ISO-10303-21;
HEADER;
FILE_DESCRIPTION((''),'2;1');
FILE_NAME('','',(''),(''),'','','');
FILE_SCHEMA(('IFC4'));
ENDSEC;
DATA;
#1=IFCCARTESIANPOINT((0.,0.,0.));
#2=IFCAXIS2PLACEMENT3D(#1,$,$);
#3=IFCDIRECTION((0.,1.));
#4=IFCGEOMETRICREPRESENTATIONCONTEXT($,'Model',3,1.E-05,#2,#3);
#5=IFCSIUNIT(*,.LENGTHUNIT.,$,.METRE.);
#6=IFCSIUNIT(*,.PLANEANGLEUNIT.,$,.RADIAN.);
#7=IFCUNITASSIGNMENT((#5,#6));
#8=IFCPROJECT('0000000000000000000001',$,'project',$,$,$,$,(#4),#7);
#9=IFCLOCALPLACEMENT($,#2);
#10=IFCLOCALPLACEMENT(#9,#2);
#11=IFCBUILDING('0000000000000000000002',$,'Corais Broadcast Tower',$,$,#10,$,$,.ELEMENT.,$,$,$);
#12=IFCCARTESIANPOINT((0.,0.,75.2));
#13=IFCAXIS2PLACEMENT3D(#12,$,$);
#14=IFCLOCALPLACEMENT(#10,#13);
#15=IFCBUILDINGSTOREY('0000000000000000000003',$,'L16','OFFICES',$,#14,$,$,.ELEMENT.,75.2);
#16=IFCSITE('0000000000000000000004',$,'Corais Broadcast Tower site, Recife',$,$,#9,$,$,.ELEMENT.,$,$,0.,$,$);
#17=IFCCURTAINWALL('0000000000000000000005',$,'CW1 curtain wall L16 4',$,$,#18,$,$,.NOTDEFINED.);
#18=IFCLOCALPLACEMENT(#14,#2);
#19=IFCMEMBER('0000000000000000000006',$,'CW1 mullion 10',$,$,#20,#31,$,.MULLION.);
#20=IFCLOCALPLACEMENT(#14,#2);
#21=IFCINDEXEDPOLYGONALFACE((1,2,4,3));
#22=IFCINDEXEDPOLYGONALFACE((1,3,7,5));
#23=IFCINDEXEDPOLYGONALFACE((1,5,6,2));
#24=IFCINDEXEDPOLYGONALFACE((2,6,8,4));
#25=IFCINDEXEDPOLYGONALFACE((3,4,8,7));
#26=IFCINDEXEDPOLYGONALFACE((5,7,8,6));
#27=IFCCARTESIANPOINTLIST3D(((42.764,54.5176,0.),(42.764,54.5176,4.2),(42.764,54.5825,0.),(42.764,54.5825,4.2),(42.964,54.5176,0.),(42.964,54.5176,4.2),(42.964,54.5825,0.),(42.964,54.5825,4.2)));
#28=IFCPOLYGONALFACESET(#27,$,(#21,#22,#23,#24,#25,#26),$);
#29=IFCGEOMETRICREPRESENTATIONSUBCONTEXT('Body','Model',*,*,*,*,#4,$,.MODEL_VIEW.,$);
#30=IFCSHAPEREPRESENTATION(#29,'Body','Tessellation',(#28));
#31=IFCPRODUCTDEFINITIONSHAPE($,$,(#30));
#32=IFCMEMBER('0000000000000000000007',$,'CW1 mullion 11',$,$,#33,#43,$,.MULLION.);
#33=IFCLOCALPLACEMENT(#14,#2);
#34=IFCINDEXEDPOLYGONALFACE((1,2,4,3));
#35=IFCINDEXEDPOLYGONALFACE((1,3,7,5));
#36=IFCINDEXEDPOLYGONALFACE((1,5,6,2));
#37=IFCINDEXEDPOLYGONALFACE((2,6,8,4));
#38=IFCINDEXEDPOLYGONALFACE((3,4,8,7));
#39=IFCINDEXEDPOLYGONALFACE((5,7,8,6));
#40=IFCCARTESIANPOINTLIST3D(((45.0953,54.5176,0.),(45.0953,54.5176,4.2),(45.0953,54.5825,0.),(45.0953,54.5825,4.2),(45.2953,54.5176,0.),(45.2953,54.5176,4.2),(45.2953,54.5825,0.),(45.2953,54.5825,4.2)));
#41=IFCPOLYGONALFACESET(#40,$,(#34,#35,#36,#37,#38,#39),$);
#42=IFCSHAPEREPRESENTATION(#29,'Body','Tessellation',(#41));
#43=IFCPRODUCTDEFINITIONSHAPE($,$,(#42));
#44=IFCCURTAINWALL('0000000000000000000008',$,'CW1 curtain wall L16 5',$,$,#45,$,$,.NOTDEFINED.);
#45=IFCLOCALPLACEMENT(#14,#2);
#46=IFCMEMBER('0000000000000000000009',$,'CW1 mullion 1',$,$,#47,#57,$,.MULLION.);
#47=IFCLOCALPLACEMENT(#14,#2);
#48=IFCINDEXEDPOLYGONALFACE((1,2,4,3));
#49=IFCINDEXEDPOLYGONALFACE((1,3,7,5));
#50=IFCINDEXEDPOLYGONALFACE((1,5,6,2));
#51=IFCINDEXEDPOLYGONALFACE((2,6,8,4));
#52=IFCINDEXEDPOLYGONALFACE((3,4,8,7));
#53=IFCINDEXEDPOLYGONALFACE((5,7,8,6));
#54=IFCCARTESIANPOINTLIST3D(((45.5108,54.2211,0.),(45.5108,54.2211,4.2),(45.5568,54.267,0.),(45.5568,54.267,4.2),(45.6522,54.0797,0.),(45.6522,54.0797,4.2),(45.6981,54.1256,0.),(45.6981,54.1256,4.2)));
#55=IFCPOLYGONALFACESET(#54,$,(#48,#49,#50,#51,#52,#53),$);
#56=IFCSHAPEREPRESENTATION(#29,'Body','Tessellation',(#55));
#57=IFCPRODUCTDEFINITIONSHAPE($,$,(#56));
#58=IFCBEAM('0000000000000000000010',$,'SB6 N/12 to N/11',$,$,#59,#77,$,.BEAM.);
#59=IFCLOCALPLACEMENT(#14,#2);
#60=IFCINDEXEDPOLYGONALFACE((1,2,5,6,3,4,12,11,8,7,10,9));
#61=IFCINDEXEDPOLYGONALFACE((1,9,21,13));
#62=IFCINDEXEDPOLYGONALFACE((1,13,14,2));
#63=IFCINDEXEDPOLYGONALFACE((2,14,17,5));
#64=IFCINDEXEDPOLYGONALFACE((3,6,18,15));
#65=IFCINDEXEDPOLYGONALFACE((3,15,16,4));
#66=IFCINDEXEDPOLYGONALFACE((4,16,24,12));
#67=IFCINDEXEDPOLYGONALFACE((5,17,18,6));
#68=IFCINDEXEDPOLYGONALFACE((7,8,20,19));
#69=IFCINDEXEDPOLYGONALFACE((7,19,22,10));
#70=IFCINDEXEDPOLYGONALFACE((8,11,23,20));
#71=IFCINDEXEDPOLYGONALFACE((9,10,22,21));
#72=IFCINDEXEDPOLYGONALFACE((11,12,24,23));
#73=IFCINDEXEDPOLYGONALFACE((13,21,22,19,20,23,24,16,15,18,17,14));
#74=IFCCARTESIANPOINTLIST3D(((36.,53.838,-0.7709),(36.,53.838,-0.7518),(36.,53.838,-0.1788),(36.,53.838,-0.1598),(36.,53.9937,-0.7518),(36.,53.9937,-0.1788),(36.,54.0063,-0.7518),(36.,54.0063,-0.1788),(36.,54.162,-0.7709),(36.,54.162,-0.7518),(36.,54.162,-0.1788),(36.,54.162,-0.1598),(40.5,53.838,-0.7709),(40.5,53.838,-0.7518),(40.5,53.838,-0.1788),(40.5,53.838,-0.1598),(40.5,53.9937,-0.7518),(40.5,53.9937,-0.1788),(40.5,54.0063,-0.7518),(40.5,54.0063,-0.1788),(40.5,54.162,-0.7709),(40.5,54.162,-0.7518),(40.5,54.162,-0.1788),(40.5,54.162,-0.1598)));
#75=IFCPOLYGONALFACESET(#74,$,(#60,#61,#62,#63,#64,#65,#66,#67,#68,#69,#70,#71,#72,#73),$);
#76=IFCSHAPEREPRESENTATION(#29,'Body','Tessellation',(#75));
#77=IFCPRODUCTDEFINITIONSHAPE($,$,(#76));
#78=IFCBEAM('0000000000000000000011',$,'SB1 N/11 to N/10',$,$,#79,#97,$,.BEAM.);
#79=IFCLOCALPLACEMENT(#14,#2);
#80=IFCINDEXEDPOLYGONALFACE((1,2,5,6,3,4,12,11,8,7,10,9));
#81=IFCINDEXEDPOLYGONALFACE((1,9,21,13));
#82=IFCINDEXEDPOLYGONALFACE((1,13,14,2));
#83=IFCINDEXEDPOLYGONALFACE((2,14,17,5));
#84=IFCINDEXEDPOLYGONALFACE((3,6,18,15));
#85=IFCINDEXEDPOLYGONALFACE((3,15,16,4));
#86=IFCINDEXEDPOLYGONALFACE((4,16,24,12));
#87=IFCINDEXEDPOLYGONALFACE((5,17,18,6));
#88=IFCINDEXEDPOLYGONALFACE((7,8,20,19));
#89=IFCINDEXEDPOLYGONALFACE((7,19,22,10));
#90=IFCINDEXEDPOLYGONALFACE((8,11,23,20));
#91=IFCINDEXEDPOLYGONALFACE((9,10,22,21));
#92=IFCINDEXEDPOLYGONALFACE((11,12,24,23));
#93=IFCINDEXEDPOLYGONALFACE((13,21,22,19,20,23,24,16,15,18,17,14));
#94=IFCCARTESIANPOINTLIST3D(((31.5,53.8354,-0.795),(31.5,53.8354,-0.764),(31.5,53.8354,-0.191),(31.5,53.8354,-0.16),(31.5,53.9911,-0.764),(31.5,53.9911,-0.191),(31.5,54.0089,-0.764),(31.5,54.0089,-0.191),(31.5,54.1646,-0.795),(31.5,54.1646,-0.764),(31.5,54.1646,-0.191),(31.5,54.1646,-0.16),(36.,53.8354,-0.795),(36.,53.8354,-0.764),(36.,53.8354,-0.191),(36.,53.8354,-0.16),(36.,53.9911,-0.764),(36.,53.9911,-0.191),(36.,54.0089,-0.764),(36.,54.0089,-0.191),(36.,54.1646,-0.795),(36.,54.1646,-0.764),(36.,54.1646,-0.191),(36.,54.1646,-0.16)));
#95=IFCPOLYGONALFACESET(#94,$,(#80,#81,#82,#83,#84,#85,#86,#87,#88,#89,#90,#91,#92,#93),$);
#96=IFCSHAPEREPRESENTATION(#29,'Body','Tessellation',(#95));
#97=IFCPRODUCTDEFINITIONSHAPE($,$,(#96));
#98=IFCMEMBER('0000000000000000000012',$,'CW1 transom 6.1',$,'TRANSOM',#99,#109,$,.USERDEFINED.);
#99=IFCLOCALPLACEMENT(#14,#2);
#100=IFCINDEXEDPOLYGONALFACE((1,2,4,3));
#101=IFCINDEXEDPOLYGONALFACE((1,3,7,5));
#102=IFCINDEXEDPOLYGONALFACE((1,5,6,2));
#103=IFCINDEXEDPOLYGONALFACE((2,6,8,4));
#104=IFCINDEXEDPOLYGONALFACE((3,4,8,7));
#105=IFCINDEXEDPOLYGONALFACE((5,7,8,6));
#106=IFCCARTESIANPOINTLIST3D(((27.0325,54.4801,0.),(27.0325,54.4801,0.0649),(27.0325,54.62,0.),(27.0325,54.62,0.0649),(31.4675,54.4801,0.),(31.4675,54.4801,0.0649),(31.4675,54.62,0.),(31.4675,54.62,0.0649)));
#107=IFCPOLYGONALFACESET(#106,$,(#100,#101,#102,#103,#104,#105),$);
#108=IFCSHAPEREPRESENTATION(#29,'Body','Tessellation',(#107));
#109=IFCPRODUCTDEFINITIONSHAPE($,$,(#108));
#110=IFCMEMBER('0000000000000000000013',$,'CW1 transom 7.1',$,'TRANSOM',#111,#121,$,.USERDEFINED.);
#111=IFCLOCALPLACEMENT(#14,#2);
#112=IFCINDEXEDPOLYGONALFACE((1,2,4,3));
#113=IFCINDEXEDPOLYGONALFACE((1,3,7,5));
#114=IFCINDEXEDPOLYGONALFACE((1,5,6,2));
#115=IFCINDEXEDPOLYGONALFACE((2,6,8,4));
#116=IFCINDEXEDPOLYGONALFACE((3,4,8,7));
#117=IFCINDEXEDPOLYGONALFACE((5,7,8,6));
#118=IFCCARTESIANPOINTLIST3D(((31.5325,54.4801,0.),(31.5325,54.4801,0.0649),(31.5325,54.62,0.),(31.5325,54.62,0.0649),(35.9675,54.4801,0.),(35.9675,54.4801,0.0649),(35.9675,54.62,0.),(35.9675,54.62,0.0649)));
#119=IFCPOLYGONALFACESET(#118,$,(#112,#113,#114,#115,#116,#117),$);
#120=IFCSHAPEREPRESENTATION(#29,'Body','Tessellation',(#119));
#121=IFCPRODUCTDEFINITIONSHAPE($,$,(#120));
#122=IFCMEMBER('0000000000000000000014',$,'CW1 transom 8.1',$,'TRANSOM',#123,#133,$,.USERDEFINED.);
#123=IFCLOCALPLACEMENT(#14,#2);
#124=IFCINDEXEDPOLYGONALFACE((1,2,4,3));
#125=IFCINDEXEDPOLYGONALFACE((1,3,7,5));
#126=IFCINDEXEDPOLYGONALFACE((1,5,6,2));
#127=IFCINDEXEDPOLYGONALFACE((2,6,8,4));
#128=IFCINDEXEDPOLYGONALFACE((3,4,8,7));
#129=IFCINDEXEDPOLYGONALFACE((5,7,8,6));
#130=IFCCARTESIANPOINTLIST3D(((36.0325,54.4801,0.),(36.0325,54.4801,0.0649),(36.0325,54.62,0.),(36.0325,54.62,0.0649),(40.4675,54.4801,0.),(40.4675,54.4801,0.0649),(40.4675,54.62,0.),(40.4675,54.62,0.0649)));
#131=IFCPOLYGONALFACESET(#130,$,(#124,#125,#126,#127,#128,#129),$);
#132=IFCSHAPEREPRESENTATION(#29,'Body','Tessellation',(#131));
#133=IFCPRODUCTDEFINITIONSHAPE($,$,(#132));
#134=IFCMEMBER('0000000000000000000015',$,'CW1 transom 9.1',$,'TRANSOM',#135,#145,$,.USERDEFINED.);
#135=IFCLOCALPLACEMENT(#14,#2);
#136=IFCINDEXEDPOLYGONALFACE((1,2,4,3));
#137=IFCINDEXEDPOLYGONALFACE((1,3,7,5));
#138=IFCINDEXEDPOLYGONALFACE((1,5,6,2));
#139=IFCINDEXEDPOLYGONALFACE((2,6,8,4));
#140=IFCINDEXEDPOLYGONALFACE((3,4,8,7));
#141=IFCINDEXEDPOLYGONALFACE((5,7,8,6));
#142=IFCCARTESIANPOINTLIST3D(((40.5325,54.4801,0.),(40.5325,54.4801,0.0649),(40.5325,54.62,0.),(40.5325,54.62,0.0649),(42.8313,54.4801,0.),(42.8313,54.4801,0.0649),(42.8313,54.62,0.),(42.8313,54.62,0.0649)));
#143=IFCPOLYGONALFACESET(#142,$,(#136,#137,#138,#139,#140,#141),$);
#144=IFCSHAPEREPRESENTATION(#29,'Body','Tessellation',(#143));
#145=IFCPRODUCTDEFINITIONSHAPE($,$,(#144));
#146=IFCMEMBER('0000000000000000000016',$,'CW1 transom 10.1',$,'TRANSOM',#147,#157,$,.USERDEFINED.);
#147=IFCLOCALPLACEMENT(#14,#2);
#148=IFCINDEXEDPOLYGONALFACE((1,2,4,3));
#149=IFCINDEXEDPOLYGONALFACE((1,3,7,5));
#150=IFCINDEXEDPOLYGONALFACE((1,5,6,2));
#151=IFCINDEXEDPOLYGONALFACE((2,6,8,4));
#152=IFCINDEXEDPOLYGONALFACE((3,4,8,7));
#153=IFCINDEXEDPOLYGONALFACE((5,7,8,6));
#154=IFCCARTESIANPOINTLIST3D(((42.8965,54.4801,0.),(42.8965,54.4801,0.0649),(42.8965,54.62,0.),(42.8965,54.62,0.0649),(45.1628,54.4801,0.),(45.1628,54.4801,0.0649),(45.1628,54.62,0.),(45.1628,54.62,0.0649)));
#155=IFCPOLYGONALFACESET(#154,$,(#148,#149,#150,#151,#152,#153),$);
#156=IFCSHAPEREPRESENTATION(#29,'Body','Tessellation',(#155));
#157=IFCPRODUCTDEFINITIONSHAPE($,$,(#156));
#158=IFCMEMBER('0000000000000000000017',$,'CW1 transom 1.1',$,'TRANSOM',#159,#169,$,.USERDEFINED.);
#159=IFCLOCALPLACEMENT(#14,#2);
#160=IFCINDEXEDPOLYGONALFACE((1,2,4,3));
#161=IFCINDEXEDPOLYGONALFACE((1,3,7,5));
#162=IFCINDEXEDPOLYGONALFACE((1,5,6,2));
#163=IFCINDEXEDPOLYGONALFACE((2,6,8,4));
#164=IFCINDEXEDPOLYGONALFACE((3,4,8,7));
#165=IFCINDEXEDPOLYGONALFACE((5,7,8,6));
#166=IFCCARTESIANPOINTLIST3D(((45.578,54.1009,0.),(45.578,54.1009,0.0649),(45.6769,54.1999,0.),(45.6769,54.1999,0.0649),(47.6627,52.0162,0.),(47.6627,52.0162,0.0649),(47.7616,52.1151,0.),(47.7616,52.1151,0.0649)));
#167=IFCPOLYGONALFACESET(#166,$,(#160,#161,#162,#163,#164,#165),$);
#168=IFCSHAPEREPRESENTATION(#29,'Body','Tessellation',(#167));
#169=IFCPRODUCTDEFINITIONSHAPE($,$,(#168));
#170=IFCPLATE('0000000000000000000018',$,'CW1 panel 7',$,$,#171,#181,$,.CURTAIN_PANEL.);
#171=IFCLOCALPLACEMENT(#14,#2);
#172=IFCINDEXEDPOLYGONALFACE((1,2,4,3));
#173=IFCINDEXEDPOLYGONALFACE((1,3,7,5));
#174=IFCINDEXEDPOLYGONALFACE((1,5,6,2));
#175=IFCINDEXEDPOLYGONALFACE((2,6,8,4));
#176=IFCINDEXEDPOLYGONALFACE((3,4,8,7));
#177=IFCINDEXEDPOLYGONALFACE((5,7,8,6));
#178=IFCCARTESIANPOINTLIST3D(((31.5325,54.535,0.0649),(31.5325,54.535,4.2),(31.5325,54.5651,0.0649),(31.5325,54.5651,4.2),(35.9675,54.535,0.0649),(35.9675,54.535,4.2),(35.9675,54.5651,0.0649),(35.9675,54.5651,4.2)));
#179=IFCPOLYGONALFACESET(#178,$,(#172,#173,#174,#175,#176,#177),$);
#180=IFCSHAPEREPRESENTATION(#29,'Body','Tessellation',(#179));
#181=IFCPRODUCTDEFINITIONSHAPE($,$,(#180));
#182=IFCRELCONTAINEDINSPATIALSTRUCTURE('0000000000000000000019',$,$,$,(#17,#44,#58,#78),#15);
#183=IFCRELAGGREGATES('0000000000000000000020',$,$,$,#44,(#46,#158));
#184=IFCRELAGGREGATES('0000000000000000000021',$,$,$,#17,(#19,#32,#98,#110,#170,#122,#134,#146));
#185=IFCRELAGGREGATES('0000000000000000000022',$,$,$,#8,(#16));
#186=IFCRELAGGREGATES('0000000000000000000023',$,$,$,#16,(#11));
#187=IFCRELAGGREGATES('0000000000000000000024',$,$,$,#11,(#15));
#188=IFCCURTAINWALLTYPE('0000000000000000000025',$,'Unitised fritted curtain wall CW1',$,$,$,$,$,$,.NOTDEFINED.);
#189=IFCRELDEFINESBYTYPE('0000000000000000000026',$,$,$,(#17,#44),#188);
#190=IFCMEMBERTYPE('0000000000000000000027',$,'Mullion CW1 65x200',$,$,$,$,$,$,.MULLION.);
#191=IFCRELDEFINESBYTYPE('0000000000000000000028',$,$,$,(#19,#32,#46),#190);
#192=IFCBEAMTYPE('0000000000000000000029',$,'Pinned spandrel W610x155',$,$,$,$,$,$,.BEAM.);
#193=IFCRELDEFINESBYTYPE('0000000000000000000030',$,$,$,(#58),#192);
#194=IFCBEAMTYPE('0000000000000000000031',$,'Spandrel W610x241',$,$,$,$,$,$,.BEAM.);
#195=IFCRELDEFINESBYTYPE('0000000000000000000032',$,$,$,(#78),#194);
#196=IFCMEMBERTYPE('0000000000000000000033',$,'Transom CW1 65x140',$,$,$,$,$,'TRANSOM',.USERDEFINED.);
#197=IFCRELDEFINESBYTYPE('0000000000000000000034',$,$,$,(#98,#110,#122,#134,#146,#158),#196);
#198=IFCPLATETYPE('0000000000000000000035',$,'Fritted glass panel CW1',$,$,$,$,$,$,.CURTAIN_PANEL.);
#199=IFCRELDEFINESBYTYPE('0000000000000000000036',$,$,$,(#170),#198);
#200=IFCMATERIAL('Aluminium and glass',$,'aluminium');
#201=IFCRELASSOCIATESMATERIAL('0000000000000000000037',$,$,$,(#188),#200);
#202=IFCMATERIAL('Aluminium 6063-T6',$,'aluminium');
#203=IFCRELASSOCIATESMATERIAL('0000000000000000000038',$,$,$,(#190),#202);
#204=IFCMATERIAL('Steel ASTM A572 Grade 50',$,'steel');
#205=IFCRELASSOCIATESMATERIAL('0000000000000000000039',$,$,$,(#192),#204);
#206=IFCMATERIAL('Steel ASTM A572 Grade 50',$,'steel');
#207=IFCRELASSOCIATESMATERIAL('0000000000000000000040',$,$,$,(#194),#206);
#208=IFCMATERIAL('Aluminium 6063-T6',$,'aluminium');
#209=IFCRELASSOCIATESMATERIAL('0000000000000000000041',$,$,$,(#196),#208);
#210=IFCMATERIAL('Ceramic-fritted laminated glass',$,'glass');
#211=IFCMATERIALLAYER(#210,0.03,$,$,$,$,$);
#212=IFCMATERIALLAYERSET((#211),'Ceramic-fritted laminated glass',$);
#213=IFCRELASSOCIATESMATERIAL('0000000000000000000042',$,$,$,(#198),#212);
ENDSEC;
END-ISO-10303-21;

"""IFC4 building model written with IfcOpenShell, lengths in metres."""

from ifc_helpers import new_model, si_unit, direction, frame, origin, origin_2d, place, context, subcontext, project, spatial, rectangle, i_section, extrude, material, layer, layer_set, material_profile, profile_set, type_object, element, aggregate, save


model = new_model("IFC4")

# Units and contexts
model_context = context("Model", 3, precision=1e-05, world=origin(), true_north=direction((0.0, 1.0)))
body_context = subcontext(model_context, "Body", "Model", "MODEL_VIEW")
ifc_project = project(units=[si_unit("LENGTHUNIT", "METRE"), si_unit("PLANEANGLEUNIT", "RADIAN")], contexts=[model_context])

# Site, building, storey
site_placement = place(None, origin())
site = spatial("IfcSite", under=ifc_project, at=site_placement, Name="Corais Broadcast Tower site, Recife", CompositionType="ELEMENT", RefElevation=0.0)
building_placement = place(site_placement, origin())
building = spatial("IfcBuilding", under=site, at=building_placement, Name="Corais Broadcast Tower", CompositionType="ELEMENT")
storey_placement = place(building_placement, frame((0.0, 0.0, 75.2)))
storey = spatial("IfcBuildingStorey", under=building, at=storey_placement, Name="L16", Description="OFFICES", CompositionType="ELEMENT", Elevation=75.2)

# Curtain wall, members
ifc_material_1 = material(Name="Aluminium and glass", Category="aluminium")
curtain_wall_type = type_object("IfcCurtainWallType", Name="Unitised fritted curtain wall CW1", PredefinedType="NOTDEFINED", material=ifc_material_1)
curtain_wall_1_placement = place(storey_placement, origin())
curtain_wall_1 = element("IfcCurtainWall", 1, at=curtain_wall_1_placement, inside=storey, type_object=curtain_wall_type, Name="CW1 curtain wall L16 4", PredefinedType="NOTDEFINED")
ifc_material_2 = material(Name="Aluminium 6063-T6", Category="aluminium")
ifc_material_profile_1 = material_profile(ifc_material_2, rectangle(XDim=0.0649, YDim=0.2, at=origin_2d()), Name="Mullion CW1 65x200")
ifc_profile_set_1 = profile_set([ifc_material_profile_1], Name="Aluminium 6063-T6")
member_type_1 = type_object("IfcMemberType", Name="Mullion CW1 65x200", PredefinedType="MULLION", material=ifc_profile_set_1)
member_1_placement = place(storey_placement, frame((42.864, 54.55, 0.0), z_axis=(0.0, 0.0, 1.0), x_axis=(0.0, 1.0, 0.0)))
member_1 = element("IfcMember", 2, at=member_1_placement, type_object=member_type_1, Name="CW1 mullion 10", PredefinedType="MULLION", context=body_context, shape_type="SweptSolid", body=[
    extrude(rectangle(XDim=0.0649, YDim=0.2, at=origin_2d()), origin(), (0.0, 0.0, 1.0), 4.2),
])
member_2_placement = place(storey_placement, frame((45.1953, 54.55, 0.0), z_axis=(0.0, 0.0, 1.0), x_axis=(0.0, 1.0, 0.0)))
member_2 = element("IfcMember", 3, at=member_2_placement, type_object=member_type_1, Name="CW1 mullion 11", PredefinedType="MULLION", context=body_context, shape_type="SweptSolid", body=[
    extrude(rectangle(XDim=0.0649, YDim=0.2, at=origin_2d()), origin(), (0.0, 0.0, 1.0), 4.2),
])

# Curtain wall, member
curtain_wall_2_placement = place(storey_placement, origin())
curtain_wall_2 = element("IfcCurtainWall", 4, at=curtain_wall_2_placement, inside=storey, type_object=curtain_wall_type, Name="CW1 curtain wall L16 5", PredefinedType="NOTDEFINED")
member_3_placement = place(storey_placement, frame((45.6045, 54.1733, 0.0), z_axis=(0.0, 0.0, 1.0), x_axis=(0.707107, 0.707107, 0.0)))
member_3 = element("IfcMember", 5, at=member_3_placement, type_object=member_type_1, Name="CW1 mullion 1", PredefinedType="MULLION", context=body_context, shape_type="SweptSolid", body=[
    extrude(rectangle(XDim=0.0649, YDim=0.2, at=origin_2d()), origin(), (0.0, 0.0, 1.0), 4.2),
])

# Beams
ifc_material_3 = material(Name="Steel ASTM A572 Grade 50", Category="steel")
ifc_material_profile_2 = material_profile(ifc_material_3, i_section(OverallWidth=0.324, OverallDepth=0.6111, WebThickness=0.0127, FlangeThickness=0.019, at=origin_2d()), Name="W610x155")
ifc_profile_set_2 = profile_set([ifc_material_profile_2], Name="Steel ASTM A572 Grade 50")
beam_type_1 = type_object("IfcBeamType", Name="Pinned spandrel W610x155", PredefinedType="BEAM", material=ifc_profile_set_2)
beam_1_placement = place(storey_placement, frame((40.5, 54.0, -0.4653), z_axis=(-1.0, 0.0, 0.0), x_axis=(0.0, -1.0, 0.0)))
element("IfcBeam", 6, at=beam_1_placement, inside=storey, type_object=beam_type_1, Name="SB6 N/12 to N/11", PredefinedType="BEAM", context=body_context, shape_type="SweptSolid", body=[
    extrude(i_section(OverallWidth=0.324, OverallDepth=0.6111, WebThickness=0.0127, FlangeThickness=0.019, at=origin_2d()), origin(), (0.0, 0.0, 1.0), 4.5),
])
ifc_material_4 = material(Name="Steel ASTM A572 Grade 50", Category="steel")
ifc_material_profile_3 = material_profile(ifc_material_4, i_section(OverallWidth=0.3291, OverallDepth=0.635, WebThickness=0.0178, FlangeThickness=0.031, at=origin_2d()), Name="W610x241")
ifc_profile_set_3 = profile_set([ifc_material_profile_3], Name="Steel ASTM A572 Grade 50")
beam_type_2 = type_object("IfcBeamType", Name="Spandrel W610x241", PredefinedType="BEAM", material=ifc_profile_set_3)
beam_2_placement = place(storey_placement, frame((36.0, 54.0, -0.4775), z_axis=(-1.0, 0.0, 0.0), x_axis=(0.0, -1.0, 0.0)))
element("IfcBeam", 7, at=beam_2_placement, inside=storey, type_object=beam_type_2, Name="SB1 N/11 to N/10", PredefinedType="BEAM", context=body_context, shape_type="SweptSolid", body=[
    extrude(i_section(OverallWidth=0.3291, OverallDepth=0.635, WebThickness=0.0178, FlangeThickness=0.031, at=origin_2d()), origin(), (0.0, 0.0, 1.0), 4.5),
])

# Members
ifc_material_5 = material(Name="Aluminium 6063-T6", Category="aluminium")
ifc_material_profile_4 = material_profile(ifc_material_5, rectangle(XDim=0.1399, YDim=0.0649, at=origin_2d()), Name="Transom CW1 65x140")
ifc_profile_set_4 = profile_set([ifc_material_profile_4], Name="Aluminium 6063-T6")
member_type_2 = type_object("IfcMemberType", Name="Transom CW1 65x140", ElementType="TRANSOM", PredefinedType="USERDEFINED", material=ifc_profile_set_4)
member_4_placement = place(storey_placement, frame((27.0325, 54.55, 0.0325), z_axis=(1.0, 0.0, 0.0), x_axis=(0.0, 1.0, 0.0)))
member_4 = element("IfcMember", 8, at=member_4_placement, type_object=member_type_2, Name="CW1 transom 6.1", ObjectType="TRANSOM", PredefinedType="USERDEFINED", context=body_context, shape_type="SweptSolid", body=[
    extrude(rectangle(XDim=0.1399, YDim=0.0649, at=origin_2d()), origin(), (0.0, 0.0, 1.0), 4.4351),
])
member_5_placement = place(storey_placement, frame((31.5325, 54.55, 0.0325), z_axis=(1.0, 0.0, 0.0), x_axis=(0.0, 1.0, 0.0)))
member_5 = element("IfcMember", 9, at=member_5_placement, type_object=member_type_2, Name="CW1 transom 7.1", ObjectType="TRANSOM", PredefinedType="USERDEFINED", context=body_context, shape_type="SweptSolid", body=[
    extrude(rectangle(XDim=0.1399, YDim=0.0649, at=origin_2d()), origin(), (0.0, 0.0, 1.0), 4.4351),
])
member_6_placement = place(storey_placement, frame((36.0325, 54.55, 0.0325), z_axis=(1.0, 0.0, 0.0), x_axis=(0.0, 1.0, 0.0)))
member_6 = element("IfcMember", 10, at=member_6_placement, type_object=member_type_2, Name="CW1 transom 8.1", ObjectType="TRANSOM", PredefinedType="USERDEFINED", context=body_context, shape_type="SweptSolid", body=[
    extrude(rectangle(XDim=0.1399, YDim=0.0649, at=origin_2d()), origin(), (0.0, 0.0, 1.0), 4.4351),
])
member_7_placement = place(storey_placement, frame((40.5325, 54.55, 0.0325), z_axis=(1.0, 0.0, 0.0), x_axis=(0.0, 1.0, 0.0)))
member_7 = element("IfcMember", 11, at=member_7_placement, type_object=member_type_2, Name="CW1 transom 9.1", ObjectType="TRANSOM", PredefinedType="USERDEFINED", context=body_context, shape_type="SweptSolid", body=[
    extrude(rectangle(XDim=0.1399, YDim=0.0649, at=origin_2d()), origin(), (0.0, 0.0, 1.0), 2.2988),
])
member_8_placement = place(storey_placement, frame((42.8965, 54.55, 0.0325), z_axis=(1.0, 0.0, 0.0), x_axis=(0.0, 1.0, 0.0)))
member_8 = element("IfcMember", 12, at=member_8_placement, type_object=member_type_2, Name="CW1 transom 10.1", ObjectType="TRANSOM", PredefinedType="USERDEFINED", context=body_context, shape_type="SweptSolid", body=[
    extrude(rectangle(XDim=0.1399, YDim=0.0649, at=origin_2d()), origin(), (0.0, 0.0, 1.0), 2.2664),
])
member_9_placement = place(storey_placement, frame((45.6274, 54.1504, 0.0325), z_axis=(0.707107, -0.707107, 0.0), x_axis=(0.707107, 0.707107, 0.0)))
member_9 = element("IfcMember", 13, at=member_9_placement, type_object=member_type_2, Name="CW1 transom 1.1", ObjectType="TRANSOM", PredefinedType="USERDEFINED", context=body_context, shape_type="SweptSolid", body=[
    extrude(rectangle(XDim=0.1399, YDim=0.0649, at=origin_2d()), origin(), (0.0, 0.0, 1.0), 2.9482),
])
aggregate(curtain_wall_2, [member_3, member_9])

# Plate
ifc_material_6 = material(Name="Ceramic-fritted laminated glass", Category="glass")
ifc_layer_1 = layer(ifc_material_6, 0.03)
ifc_layer_set_1 = layer_set([ifc_layer_1], Name="Ceramic-fritted laminated glass")
plate_type_1 = type_object("IfcPlateType", Name="Fritted glass panel CW1", PredefinedType="CURTAIN_PANEL", material=ifc_layer_set_1)
plate_1_placement = place(storey_placement, frame((33.75, 54.55, 0.0649), z_axis=(0.0, 0.0, 1.0), x_axis=(1.0, 0.0, 0.0)))
plate_1 = element("IfcPlate", 14, at=plate_1_placement, type_object=plate_type_1, Name="CW1 panel 7", PredefinedType="CURTAIN_PANEL", context=body_context, shape_type="SweptSolid", body=[
    extrude(rectangle(XDim=4.4351, YDim=0.03, at=origin_2d()), origin(), (0.0, 0.0, 1.0), 4.135),
])
aggregate(curtain_wall_1, [member_1, member_2, member_4, member_5, plate_1, member_6, member_7, member_8])

save(model, "model.ifc")
